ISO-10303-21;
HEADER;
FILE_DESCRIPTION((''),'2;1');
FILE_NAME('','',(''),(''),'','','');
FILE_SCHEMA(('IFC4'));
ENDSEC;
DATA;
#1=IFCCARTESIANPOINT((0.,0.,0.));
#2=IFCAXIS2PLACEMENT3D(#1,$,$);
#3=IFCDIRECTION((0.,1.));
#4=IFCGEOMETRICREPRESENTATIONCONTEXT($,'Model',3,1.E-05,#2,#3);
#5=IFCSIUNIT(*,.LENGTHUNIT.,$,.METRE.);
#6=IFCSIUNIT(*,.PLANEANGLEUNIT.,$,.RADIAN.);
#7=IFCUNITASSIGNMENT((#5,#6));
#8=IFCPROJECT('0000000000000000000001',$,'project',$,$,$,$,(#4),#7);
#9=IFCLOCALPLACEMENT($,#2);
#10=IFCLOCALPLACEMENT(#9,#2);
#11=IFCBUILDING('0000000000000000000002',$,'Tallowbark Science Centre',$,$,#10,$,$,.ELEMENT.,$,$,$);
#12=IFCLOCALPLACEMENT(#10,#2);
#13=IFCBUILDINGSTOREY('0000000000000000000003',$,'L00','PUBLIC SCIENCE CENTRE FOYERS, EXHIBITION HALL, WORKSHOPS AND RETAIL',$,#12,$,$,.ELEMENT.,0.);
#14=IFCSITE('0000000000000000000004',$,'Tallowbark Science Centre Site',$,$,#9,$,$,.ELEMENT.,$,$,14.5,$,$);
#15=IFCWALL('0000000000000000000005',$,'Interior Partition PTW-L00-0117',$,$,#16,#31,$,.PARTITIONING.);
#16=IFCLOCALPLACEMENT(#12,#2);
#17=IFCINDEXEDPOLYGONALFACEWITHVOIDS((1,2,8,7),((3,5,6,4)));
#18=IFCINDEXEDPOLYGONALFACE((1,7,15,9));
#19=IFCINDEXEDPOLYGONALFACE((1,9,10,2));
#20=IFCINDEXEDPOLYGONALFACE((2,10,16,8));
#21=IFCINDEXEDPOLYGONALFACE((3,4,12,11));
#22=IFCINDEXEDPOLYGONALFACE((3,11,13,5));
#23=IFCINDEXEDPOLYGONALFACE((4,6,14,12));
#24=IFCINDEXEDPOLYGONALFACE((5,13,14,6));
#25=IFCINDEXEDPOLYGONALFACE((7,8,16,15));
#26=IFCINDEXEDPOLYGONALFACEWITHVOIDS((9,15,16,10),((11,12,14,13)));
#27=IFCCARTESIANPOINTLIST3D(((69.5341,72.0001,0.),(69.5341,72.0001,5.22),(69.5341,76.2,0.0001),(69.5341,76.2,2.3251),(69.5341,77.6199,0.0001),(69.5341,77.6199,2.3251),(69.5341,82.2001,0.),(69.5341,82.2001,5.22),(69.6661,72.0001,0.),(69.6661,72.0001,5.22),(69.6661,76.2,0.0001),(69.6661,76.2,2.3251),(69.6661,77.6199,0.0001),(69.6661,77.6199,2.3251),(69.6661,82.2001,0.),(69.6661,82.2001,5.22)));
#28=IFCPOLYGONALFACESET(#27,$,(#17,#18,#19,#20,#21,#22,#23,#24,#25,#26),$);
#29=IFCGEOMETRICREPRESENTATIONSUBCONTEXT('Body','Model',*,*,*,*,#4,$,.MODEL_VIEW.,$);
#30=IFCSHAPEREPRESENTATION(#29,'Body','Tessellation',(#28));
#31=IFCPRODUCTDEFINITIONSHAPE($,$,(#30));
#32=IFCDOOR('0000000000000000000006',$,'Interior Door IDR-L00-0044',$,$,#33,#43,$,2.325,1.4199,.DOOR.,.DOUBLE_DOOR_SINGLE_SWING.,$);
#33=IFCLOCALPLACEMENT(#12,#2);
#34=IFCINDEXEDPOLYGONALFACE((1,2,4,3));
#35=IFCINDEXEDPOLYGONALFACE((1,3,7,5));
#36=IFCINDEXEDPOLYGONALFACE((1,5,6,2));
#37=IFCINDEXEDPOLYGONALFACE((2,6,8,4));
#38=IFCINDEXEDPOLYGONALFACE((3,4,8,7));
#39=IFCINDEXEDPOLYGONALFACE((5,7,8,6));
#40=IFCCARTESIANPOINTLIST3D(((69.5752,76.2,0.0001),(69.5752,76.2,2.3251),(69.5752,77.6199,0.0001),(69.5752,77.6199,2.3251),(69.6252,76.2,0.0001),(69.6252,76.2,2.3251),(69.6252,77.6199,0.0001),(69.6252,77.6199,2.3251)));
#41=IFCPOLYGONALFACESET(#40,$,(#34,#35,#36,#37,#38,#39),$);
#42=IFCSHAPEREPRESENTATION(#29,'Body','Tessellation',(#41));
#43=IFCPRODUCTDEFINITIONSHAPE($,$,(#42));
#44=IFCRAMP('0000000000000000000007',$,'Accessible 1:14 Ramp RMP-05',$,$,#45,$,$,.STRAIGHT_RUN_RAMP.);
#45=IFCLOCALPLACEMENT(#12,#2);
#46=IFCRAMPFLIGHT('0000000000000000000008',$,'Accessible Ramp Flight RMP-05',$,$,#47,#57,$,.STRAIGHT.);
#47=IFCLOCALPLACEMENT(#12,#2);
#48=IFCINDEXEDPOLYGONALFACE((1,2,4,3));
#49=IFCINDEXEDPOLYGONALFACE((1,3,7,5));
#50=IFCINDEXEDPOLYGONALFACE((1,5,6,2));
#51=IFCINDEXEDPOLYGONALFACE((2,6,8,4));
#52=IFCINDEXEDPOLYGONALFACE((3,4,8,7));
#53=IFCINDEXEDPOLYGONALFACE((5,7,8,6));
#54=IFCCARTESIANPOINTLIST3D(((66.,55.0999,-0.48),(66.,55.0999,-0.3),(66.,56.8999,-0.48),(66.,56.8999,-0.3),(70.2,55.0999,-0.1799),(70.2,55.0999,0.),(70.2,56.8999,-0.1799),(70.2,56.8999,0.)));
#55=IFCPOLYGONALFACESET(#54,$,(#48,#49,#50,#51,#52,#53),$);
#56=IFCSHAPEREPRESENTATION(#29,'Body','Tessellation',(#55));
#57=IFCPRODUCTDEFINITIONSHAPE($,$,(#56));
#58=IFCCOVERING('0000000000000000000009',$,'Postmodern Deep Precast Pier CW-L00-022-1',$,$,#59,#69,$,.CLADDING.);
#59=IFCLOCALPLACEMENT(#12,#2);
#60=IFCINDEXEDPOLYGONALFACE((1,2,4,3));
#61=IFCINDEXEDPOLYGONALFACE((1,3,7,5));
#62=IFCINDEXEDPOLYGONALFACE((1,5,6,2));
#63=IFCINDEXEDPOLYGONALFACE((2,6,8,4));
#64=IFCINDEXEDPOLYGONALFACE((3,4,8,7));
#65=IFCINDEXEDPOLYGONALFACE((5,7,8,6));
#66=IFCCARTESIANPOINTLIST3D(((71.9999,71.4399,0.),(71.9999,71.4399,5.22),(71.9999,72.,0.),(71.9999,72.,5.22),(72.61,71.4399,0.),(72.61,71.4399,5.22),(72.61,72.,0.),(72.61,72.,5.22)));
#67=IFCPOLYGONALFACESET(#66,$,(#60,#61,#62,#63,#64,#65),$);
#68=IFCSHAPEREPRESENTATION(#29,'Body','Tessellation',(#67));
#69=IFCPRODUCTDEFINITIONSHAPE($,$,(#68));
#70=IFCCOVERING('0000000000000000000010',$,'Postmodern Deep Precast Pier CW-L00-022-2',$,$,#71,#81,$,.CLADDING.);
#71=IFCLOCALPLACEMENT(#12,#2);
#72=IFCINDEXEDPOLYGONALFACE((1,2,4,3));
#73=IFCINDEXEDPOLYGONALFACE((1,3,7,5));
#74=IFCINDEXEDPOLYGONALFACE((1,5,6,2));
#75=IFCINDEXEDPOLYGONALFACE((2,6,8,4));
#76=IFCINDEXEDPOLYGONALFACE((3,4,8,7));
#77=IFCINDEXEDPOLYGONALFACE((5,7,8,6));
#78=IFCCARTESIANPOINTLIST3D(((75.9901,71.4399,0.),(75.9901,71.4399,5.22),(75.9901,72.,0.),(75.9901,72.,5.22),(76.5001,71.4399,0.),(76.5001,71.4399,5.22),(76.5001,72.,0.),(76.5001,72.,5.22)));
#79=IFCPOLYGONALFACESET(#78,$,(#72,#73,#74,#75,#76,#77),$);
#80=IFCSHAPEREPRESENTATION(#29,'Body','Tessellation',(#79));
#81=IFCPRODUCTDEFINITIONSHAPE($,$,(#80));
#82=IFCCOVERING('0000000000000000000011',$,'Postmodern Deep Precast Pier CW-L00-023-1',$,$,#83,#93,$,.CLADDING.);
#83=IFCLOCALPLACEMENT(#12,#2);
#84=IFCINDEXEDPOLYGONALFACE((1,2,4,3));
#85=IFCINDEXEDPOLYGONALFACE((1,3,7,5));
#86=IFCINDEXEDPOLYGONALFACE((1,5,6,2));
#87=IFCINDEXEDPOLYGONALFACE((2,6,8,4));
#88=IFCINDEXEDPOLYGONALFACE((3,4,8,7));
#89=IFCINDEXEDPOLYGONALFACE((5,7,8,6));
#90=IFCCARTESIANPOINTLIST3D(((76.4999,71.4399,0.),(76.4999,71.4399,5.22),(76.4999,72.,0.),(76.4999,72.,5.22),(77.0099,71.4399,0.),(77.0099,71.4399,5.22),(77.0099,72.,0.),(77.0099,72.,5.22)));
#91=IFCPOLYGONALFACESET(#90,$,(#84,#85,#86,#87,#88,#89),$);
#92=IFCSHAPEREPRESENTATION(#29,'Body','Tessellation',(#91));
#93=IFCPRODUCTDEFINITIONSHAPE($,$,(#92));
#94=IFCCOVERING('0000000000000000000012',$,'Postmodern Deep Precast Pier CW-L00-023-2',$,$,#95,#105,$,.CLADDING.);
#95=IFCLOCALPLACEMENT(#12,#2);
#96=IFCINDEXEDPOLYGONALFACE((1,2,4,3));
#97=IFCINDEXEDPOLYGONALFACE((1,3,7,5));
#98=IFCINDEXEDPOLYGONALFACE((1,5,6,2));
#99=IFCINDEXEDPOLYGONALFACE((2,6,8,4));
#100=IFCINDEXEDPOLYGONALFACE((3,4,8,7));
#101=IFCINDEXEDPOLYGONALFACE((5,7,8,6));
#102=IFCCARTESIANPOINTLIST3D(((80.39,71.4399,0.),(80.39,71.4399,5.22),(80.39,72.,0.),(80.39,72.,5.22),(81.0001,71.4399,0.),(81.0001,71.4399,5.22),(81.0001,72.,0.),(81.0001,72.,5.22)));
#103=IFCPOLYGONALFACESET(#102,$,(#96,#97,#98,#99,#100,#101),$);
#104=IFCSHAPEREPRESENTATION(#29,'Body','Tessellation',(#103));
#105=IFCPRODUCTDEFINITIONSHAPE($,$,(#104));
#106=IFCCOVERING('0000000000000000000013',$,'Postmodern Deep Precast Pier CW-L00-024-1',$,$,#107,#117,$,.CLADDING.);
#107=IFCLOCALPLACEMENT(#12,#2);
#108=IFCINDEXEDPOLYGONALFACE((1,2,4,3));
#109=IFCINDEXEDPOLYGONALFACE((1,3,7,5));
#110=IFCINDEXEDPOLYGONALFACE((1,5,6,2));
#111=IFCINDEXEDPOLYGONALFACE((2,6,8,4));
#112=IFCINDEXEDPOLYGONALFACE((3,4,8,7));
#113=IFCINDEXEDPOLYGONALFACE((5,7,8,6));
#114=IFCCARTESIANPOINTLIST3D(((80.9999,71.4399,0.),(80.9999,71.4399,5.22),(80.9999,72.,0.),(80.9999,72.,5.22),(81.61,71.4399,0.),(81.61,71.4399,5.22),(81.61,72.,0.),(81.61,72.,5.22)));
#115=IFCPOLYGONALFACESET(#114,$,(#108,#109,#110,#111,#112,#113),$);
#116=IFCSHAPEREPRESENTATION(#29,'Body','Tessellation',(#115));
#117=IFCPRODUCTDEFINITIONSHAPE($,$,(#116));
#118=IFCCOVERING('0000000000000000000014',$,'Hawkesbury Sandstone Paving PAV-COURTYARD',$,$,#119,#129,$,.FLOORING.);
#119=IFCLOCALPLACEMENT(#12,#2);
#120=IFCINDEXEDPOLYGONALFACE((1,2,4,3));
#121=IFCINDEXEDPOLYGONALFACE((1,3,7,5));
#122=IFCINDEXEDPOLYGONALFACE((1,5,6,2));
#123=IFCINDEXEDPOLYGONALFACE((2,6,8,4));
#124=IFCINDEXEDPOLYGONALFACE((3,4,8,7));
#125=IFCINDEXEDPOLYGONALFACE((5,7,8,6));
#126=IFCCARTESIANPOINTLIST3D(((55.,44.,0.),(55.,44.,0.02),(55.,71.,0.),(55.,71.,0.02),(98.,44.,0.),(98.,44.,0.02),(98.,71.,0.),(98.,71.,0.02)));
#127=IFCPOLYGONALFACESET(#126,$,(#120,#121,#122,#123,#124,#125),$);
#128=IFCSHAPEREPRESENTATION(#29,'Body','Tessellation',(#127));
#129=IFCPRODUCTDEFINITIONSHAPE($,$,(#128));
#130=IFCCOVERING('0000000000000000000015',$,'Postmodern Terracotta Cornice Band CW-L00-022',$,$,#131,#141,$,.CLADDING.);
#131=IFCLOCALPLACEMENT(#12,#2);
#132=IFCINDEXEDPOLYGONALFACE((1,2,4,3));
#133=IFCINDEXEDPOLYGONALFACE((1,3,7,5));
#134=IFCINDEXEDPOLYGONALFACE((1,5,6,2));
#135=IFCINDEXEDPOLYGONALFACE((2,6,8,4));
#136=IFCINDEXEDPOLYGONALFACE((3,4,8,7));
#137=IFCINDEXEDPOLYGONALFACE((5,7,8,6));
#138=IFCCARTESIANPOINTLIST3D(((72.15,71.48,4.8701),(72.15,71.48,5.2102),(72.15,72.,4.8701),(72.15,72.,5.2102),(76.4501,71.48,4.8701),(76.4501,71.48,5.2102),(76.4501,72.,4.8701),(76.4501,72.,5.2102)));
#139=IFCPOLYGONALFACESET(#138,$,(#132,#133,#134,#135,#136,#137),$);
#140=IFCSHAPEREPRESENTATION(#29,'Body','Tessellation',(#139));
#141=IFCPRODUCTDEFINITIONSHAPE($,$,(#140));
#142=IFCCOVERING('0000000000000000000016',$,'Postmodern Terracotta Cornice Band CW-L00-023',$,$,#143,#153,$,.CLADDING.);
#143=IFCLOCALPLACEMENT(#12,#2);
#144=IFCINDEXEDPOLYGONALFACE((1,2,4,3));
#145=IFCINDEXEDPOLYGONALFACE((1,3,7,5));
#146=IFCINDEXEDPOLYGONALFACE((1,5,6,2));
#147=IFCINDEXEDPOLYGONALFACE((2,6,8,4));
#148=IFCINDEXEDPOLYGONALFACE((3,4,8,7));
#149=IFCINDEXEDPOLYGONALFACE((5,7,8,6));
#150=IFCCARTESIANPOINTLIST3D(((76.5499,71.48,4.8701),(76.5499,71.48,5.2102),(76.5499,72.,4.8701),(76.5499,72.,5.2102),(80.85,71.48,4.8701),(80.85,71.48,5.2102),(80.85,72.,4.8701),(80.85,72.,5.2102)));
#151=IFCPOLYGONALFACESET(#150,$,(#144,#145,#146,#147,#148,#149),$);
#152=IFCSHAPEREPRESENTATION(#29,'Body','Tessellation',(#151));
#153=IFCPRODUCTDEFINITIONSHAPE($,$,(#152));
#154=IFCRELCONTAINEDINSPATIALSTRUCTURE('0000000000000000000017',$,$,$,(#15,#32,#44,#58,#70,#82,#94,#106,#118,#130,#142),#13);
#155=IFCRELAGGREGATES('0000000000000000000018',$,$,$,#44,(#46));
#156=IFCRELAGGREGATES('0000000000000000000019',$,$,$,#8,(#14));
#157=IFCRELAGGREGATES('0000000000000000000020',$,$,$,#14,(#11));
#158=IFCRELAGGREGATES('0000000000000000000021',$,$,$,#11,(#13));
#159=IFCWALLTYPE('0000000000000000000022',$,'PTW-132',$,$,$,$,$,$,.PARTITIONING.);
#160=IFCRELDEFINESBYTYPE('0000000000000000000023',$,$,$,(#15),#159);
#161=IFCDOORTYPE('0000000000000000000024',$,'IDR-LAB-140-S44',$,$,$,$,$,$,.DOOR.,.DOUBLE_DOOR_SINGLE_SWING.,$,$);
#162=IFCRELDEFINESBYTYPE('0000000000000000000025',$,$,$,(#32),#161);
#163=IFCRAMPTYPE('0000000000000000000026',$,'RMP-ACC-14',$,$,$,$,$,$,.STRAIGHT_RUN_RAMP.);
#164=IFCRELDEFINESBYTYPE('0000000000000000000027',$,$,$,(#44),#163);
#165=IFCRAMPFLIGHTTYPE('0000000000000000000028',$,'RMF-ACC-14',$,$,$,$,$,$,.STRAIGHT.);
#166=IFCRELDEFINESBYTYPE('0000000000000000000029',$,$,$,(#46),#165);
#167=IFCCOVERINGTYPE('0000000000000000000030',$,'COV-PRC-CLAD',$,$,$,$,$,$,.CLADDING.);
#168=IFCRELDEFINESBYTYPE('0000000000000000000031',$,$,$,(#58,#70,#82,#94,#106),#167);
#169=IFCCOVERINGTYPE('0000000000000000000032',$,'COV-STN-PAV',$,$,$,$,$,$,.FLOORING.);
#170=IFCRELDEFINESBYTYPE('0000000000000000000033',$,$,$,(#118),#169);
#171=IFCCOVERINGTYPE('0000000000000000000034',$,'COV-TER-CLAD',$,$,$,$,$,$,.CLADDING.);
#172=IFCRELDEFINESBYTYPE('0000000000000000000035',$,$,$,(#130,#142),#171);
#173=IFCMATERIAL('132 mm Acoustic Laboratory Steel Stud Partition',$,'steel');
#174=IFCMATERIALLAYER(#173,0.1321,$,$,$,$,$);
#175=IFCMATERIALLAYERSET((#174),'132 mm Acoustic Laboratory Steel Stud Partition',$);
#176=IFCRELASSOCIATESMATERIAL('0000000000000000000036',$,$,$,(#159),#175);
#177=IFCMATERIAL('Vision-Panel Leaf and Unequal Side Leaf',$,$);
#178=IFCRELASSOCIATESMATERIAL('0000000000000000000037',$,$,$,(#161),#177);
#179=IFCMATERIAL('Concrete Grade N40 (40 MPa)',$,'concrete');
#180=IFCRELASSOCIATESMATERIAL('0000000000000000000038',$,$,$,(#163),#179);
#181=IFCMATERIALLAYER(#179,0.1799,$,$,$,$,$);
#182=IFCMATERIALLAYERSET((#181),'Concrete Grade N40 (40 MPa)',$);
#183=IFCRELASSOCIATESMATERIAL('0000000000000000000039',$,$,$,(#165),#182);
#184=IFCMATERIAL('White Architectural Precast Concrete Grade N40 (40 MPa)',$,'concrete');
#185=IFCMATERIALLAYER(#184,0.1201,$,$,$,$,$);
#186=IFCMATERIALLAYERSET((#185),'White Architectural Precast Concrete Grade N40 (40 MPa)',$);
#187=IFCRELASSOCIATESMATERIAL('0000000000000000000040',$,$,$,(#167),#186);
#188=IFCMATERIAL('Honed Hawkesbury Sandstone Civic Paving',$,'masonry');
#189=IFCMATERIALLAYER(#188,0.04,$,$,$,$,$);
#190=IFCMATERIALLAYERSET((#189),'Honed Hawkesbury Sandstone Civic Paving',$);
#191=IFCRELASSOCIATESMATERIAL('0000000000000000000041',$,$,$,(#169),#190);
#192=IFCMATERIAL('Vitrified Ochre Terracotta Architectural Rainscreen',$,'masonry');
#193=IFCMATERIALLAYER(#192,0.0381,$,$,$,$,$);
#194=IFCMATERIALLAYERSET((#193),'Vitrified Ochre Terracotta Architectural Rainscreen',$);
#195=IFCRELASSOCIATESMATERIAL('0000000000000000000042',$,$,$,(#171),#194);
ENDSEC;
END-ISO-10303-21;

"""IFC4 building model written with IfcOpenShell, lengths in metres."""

from ifc_helpers import new_model, si_unit, direction, frame, frame_2d, origin, origin_2d, place, context, subcontext, project, spatial, polyline, rectangle, outline, extrude, material, layer, layer_set, type_object, element, fill, aggregate, save


model = new_model("IFC4")

# Units and contexts
model_context = context("Model", 3, precision=1e-05, world=origin(), true_north=direction((0.0, 1.0)))
body_context = subcontext(model_context, "Body", "Model", "MODEL_VIEW")
ifc_project = project(units=[si_unit("LENGTHUNIT", "METRE"), si_unit("PLANEANGLEUNIT", "RADIAN")], contexts=[model_context])

# Site, building, storey
site_placement = place(None, origin())
site = spatial("IfcSite", under=ifc_project, at=site_placement, Name="Tallowbark Science Centre Site", CompositionType="ELEMENT", RefElevation=14.5)
building_placement = place(site_placement, origin())
building = spatial("IfcBuilding", under=site, at=building_placement, Name="Tallowbark Science Centre", CompositionType="ELEMENT")
storey_placement = place(building_placement, origin())
storey = spatial("IfcBuildingStorey", under=building, at=storey_placement, Name="L00", Description="PUBLIC SCIENCE CENTRE FOYERS, EXHIBITION HALL, WORKSHOPS AND RETAIL", CompositionType="ELEMENT", Elevation=0.0)

# Shared definitions
ifc_material_1 = material(Name="Concrete Grade N40 (40 MPa)", Category="concrete")

# Wall, opening, door
ifc_material_2 = material(Name="132 mm Acoustic Laboratory Steel Stud Partition", Category="steel")
ifc_layer_1 = layer(ifc_material_2, 0.1321)
ifc_layer_set_1 = layer_set([ifc_layer_1], Name="132 mm Acoustic Laboratory Steel Stud Partition")
wall_type_1 = type_object("IfcWallType", Name="PTW-132", PredefinedType="PARTITIONING", material=ifc_layer_set_1)
wall_1_placement = place(storey_placement, frame((69.6001, 72.0, 0.0), z_axis=(0.0, 0.0, 1.0), x_axis=(0.0, 1.0, 0.0)))
wall_1 = element("IfcWall", 1, at=wall_1_placement, inside=storey, type_object=wall_type_1, Name="Interior Partition PTW-L00-0117", PredefinedType="PARTITIONING", context=body_context, shape_type="SweptSolid", body=[
    extrude(rectangle(XDim=10.2, YDim=0.1321, at=frame_2d((5.1001, 0.0))), origin(), (0.0, 0.0, 1.0), 5.22),
])
opening_1_placement = place(wall_1_placement, frame((4.2, 0.0, 0.0)))
opening_1 = element("IfcOpeningElement", 2, at=opening_1_placement, cuts=wall_1, PredefinedType="OPENING", context=body_context, shape_type="SweptSolid", body=[
    extrude(rectangle(XDim=1.4199, YDim=2.325, at=frame_2d((0.71, 1.1626))), frame((0.0, 0.0762, 0.0), z_axis=(0.0, -1.0, 0.0), x_axis=(1.0, 0.0, 0.0)), (0.0, 0.0, 1.0), 0.1521),
])
ifc_material_3 = material(Name="Vision-Panel Leaf and Unequal Side Leaf")
door_type_1 = type_object("IfcDoorType", Name="IDR-LAB-140-S44", OperationType="DOUBLE_DOOR_SINGLE_SWING", PredefinedType="DOOR", material=ifc_material_3)
door_1_placement = place(opening_1_placement, origin())
door_1 = element("IfcDoor", 3, at=door_1_placement, inside=storey, type_object=door_type_1, Name="Interior Door IDR-L00-0044", OperationType="DOUBLE_DOOR_SINGLE_SWING", OverallHeight=2.325, OverallWidth=1.4199, PredefinedType="DOOR", context=body_context, shape_type="SweptSolid", body=[
    extrude(rectangle(XDim=1.4199, YDim=2.325, at=frame_2d((0.71, 1.1626))), frame((0.0, 0.0249, 0.0), z_axis=(0.0, -1.0, 0.0), x_axis=(1.0, 0.0, 0.0)), (0.0, 0.0, 1.0), 0.05),
])
fill(opening_1, door_1)

# Ramp, ramp flight
ramp_type = type_object("IfcRampType", Name="RMP-ACC-14", PredefinedType="STRAIGHT_RUN_RAMP", material=ifc_material_1)
ramp_placement = place(storey_placement, origin())
ramp = element("IfcRamp", 4, at=ramp_placement, inside=storey, type_object=ramp_type, Name="Accessible 1:14 Ramp RMP-05", PredefinedType="STRAIGHT_RUN_RAMP")
ifc_layer_2 = layer(ifc_material_1, 0.1799)
ifc_layer_set_2 = layer_set([ifc_layer_2], Name="Concrete Grade N40 (40 MPa)")
ramp_flight_type = type_object("IfcRampFlightType", Name="RMF-ACC-14", PredefinedType="STRAIGHT", material=ifc_layer_set_2)
ramp_flight_placement = place(storey_placement, frame((66.0, 56.0, -0.3), z_axis=(0.0, 0.0, 1.0), x_axis=(1.0, 0.0, 0.0)))
ramp_flight = element("IfcRampFlight", 5, at=ramp_flight_placement, type_object=ramp_flight_type, Name="Accessible Ramp Flight RMP-05", PredefinedType="STRAIGHT", context=body_context, shape_type="SweptSolid", body=[
    extrude(outline(polyline([(0.0, 0.0), (0.0, -0.1799), (4.2, 0.1201), (4.2, 0.3), (0.0, 0.0)])), frame((0.0, 0.8999, 0.0), z_axis=(0.0, -1.0, 0.0), x_axis=(1.0, 0.0, 0.0)), (0.0, 0.0, 1.0), 1.8),
])
aggregate(ramp, [ramp_flight])

# Coverings
ifc_material_4 = material(Name="White Architectural Precast Concrete Grade N40 (40 MPa)", Category="concrete")
ifc_layer_3 = layer(ifc_material_4, 0.1201)
ifc_layer_set_3 = layer_set([ifc_layer_3], Name="White Architectural Precast Concrete Grade N40 (40 MPa)")
covering_type_1 = type_object("IfcCoveringType", Name="COV-PRC-CLAD", PredefinedType="CLADDING", material=ifc_layer_set_3)
covering_1_placement = place(storey_placement, frame((72.3049, 71.72, 0.0), z_axis=(0.0, 0.0, 1.0), x_axis=(1.0, 0.0, 0.0)))
element("IfcCovering", 6, at=covering_1_placement, inside=storey, type_object=covering_type_1, Name="Postmodern Deep Precast Pier CW-L00-022-1", PredefinedType="CLADDING", context=body_context, shape_type="SweptSolid", body=[
    extrude(rectangle(XDim=0.6101, YDim=0.5601, at=origin_2d()), origin(), (0.0, 0.0, 1.0), 5.22),
])
for number, where, z_axis, x_axis, name in (
    (7, (76.2451, 71.72, 0.0), (0.0, 0.0, 1.0), (1.0, 0.0, 0.0), "Postmodern Deep Precast Pier CW-L00-022-2"),
    (8, (76.7549, 71.72, 0.0), (0.0, 0.0, 1.0), (1.0, 0.0, 0.0), "Postmodern Deep Precast Pier CW-L00-023-1"),
):
    element("IfcCovering", number, at=place(storey_placement, frame(where, z_axis=z_axis, x_axis=x_axis)), inside=storey, type_object=covering_type_1, Name=name, PredefinedType="CLADDING", context=body_context, shape_type="SweptSolid", body=[
        extrude(rectangle(XDim=0.51, YDim=0.5601, at=origin_2d()), origin(), (0.0, 0.0, 1.0), 5.22),
    ])
for number, where, z_axis, x_axis, name in (
    (9, (80.6951, 71.72, 0.0), (0.0, 0.0, 1.0), (1.0, 0.0, 0.0), "Postmodern Deep Precast Pier CW-L00-023-2"),
    (10, (81.3049, 71.72, 0.0), (0.0, 0.0, 1.0), (1.0, 0.0, 0.0), "Postmodern Deep Precast Pier CW-L00-024-1"),
):
    element("IfcCovering", number, at=place(storey_placement, frame(where, z_axis=z_axis, x_axis=x_axis)), inside=storey, type_object=covering_type_1, Name=name, PredefinedType="CLADDING", context=body_context, shape_type="SweptSolid", body=[
        extrude(rectangle(XDim=0.6101, YDim=0.5601, at=origin_2d()), origin(), (0.0, 0.0, 1.0), 5.22),
    ])
ifc_material_5 = material(Name="Honed Hawkesbury Sandstone Civic Paving", Category="masonry")
ifc_layer_4 = layer(ifc_material_5, 0.04)
ifc_layer_set_4 = layer_set([ifc_layer_4], Name="Honed Hawkesbury Sandstone Civic Paving")
covering_type_2 = type_object("IfcCoveringType", Name="COV-STN-PAV", PredefinedType="FLOORING", material=ifc_layer_set_4)
covering_2_placement = place(storey_placement, frame((76.5, 57.5, 0.0), z_axis=(0.0, 0.0, 1.0), x_axis=(1.0, 0.0, 0.0)))
element("IfcCovering", 11, at=covering_2_placement, inside=storey, type_object=covering_type_2, Name="Hawkesbury Sandstone Paving PAV-COURTYARD", PredefinedType="FLOORING", context=body_context, shape_type="SweptSolid", body=[
    extrude(rectangle(XDim=43.0, YDim=27.0, at=origin_2d()), origin(), (0.0, 0.0, 1.0), 0.02),
])
ifc_material_6 = material(Name="Vitrified Ochre Terracotta Architectural Rainscreen", Category="masonry")
ifc_layer_5 = layer(ifc_material_6, 0.0381)
ifc_layer_set_5 = layer_set([ifc_layer_5], Name="Vitrified Ochre Terracotta Architectural Rainscreen")
covering_type_3 = type_object("IfcCoveringType", Name="COV-TER-CLAD", PredefinedType="CLADDING", material=ifc_layer_set_5)
for number, where, z_axis, x_axis, name in (
    (12, (74.3, 71.74, 4.8701), (0.0, 0.0, 1.0), (1.0, 0.0, 0.0), "Postmodern Terracotta Cornice Band CW-L00-022"),
    (13, (78.7, 71.74, 4.8701), (0.0, 0.0, 1.0), (1.0, 0.0, 0.0), "Postmodern Terracotta Cornice Band CW-L00-023"),
):
    element("IfcCovering", number, at=place(storey_placement, frame(where, z_axis=z_axis, x_axis=x_axis)), inside=storey, type_object=covering_type_3, Name=name, PredefinedType="CLADDING", context=body_context, shape_type="SweptSolid", body=[
        extrude(rectangle(XDim=4.3, YDim=0.52, at=origin_2d()), origin(), (0.0, 0.0, 1.0), 0.3401),
    ])

save(model, "model.ifc")
